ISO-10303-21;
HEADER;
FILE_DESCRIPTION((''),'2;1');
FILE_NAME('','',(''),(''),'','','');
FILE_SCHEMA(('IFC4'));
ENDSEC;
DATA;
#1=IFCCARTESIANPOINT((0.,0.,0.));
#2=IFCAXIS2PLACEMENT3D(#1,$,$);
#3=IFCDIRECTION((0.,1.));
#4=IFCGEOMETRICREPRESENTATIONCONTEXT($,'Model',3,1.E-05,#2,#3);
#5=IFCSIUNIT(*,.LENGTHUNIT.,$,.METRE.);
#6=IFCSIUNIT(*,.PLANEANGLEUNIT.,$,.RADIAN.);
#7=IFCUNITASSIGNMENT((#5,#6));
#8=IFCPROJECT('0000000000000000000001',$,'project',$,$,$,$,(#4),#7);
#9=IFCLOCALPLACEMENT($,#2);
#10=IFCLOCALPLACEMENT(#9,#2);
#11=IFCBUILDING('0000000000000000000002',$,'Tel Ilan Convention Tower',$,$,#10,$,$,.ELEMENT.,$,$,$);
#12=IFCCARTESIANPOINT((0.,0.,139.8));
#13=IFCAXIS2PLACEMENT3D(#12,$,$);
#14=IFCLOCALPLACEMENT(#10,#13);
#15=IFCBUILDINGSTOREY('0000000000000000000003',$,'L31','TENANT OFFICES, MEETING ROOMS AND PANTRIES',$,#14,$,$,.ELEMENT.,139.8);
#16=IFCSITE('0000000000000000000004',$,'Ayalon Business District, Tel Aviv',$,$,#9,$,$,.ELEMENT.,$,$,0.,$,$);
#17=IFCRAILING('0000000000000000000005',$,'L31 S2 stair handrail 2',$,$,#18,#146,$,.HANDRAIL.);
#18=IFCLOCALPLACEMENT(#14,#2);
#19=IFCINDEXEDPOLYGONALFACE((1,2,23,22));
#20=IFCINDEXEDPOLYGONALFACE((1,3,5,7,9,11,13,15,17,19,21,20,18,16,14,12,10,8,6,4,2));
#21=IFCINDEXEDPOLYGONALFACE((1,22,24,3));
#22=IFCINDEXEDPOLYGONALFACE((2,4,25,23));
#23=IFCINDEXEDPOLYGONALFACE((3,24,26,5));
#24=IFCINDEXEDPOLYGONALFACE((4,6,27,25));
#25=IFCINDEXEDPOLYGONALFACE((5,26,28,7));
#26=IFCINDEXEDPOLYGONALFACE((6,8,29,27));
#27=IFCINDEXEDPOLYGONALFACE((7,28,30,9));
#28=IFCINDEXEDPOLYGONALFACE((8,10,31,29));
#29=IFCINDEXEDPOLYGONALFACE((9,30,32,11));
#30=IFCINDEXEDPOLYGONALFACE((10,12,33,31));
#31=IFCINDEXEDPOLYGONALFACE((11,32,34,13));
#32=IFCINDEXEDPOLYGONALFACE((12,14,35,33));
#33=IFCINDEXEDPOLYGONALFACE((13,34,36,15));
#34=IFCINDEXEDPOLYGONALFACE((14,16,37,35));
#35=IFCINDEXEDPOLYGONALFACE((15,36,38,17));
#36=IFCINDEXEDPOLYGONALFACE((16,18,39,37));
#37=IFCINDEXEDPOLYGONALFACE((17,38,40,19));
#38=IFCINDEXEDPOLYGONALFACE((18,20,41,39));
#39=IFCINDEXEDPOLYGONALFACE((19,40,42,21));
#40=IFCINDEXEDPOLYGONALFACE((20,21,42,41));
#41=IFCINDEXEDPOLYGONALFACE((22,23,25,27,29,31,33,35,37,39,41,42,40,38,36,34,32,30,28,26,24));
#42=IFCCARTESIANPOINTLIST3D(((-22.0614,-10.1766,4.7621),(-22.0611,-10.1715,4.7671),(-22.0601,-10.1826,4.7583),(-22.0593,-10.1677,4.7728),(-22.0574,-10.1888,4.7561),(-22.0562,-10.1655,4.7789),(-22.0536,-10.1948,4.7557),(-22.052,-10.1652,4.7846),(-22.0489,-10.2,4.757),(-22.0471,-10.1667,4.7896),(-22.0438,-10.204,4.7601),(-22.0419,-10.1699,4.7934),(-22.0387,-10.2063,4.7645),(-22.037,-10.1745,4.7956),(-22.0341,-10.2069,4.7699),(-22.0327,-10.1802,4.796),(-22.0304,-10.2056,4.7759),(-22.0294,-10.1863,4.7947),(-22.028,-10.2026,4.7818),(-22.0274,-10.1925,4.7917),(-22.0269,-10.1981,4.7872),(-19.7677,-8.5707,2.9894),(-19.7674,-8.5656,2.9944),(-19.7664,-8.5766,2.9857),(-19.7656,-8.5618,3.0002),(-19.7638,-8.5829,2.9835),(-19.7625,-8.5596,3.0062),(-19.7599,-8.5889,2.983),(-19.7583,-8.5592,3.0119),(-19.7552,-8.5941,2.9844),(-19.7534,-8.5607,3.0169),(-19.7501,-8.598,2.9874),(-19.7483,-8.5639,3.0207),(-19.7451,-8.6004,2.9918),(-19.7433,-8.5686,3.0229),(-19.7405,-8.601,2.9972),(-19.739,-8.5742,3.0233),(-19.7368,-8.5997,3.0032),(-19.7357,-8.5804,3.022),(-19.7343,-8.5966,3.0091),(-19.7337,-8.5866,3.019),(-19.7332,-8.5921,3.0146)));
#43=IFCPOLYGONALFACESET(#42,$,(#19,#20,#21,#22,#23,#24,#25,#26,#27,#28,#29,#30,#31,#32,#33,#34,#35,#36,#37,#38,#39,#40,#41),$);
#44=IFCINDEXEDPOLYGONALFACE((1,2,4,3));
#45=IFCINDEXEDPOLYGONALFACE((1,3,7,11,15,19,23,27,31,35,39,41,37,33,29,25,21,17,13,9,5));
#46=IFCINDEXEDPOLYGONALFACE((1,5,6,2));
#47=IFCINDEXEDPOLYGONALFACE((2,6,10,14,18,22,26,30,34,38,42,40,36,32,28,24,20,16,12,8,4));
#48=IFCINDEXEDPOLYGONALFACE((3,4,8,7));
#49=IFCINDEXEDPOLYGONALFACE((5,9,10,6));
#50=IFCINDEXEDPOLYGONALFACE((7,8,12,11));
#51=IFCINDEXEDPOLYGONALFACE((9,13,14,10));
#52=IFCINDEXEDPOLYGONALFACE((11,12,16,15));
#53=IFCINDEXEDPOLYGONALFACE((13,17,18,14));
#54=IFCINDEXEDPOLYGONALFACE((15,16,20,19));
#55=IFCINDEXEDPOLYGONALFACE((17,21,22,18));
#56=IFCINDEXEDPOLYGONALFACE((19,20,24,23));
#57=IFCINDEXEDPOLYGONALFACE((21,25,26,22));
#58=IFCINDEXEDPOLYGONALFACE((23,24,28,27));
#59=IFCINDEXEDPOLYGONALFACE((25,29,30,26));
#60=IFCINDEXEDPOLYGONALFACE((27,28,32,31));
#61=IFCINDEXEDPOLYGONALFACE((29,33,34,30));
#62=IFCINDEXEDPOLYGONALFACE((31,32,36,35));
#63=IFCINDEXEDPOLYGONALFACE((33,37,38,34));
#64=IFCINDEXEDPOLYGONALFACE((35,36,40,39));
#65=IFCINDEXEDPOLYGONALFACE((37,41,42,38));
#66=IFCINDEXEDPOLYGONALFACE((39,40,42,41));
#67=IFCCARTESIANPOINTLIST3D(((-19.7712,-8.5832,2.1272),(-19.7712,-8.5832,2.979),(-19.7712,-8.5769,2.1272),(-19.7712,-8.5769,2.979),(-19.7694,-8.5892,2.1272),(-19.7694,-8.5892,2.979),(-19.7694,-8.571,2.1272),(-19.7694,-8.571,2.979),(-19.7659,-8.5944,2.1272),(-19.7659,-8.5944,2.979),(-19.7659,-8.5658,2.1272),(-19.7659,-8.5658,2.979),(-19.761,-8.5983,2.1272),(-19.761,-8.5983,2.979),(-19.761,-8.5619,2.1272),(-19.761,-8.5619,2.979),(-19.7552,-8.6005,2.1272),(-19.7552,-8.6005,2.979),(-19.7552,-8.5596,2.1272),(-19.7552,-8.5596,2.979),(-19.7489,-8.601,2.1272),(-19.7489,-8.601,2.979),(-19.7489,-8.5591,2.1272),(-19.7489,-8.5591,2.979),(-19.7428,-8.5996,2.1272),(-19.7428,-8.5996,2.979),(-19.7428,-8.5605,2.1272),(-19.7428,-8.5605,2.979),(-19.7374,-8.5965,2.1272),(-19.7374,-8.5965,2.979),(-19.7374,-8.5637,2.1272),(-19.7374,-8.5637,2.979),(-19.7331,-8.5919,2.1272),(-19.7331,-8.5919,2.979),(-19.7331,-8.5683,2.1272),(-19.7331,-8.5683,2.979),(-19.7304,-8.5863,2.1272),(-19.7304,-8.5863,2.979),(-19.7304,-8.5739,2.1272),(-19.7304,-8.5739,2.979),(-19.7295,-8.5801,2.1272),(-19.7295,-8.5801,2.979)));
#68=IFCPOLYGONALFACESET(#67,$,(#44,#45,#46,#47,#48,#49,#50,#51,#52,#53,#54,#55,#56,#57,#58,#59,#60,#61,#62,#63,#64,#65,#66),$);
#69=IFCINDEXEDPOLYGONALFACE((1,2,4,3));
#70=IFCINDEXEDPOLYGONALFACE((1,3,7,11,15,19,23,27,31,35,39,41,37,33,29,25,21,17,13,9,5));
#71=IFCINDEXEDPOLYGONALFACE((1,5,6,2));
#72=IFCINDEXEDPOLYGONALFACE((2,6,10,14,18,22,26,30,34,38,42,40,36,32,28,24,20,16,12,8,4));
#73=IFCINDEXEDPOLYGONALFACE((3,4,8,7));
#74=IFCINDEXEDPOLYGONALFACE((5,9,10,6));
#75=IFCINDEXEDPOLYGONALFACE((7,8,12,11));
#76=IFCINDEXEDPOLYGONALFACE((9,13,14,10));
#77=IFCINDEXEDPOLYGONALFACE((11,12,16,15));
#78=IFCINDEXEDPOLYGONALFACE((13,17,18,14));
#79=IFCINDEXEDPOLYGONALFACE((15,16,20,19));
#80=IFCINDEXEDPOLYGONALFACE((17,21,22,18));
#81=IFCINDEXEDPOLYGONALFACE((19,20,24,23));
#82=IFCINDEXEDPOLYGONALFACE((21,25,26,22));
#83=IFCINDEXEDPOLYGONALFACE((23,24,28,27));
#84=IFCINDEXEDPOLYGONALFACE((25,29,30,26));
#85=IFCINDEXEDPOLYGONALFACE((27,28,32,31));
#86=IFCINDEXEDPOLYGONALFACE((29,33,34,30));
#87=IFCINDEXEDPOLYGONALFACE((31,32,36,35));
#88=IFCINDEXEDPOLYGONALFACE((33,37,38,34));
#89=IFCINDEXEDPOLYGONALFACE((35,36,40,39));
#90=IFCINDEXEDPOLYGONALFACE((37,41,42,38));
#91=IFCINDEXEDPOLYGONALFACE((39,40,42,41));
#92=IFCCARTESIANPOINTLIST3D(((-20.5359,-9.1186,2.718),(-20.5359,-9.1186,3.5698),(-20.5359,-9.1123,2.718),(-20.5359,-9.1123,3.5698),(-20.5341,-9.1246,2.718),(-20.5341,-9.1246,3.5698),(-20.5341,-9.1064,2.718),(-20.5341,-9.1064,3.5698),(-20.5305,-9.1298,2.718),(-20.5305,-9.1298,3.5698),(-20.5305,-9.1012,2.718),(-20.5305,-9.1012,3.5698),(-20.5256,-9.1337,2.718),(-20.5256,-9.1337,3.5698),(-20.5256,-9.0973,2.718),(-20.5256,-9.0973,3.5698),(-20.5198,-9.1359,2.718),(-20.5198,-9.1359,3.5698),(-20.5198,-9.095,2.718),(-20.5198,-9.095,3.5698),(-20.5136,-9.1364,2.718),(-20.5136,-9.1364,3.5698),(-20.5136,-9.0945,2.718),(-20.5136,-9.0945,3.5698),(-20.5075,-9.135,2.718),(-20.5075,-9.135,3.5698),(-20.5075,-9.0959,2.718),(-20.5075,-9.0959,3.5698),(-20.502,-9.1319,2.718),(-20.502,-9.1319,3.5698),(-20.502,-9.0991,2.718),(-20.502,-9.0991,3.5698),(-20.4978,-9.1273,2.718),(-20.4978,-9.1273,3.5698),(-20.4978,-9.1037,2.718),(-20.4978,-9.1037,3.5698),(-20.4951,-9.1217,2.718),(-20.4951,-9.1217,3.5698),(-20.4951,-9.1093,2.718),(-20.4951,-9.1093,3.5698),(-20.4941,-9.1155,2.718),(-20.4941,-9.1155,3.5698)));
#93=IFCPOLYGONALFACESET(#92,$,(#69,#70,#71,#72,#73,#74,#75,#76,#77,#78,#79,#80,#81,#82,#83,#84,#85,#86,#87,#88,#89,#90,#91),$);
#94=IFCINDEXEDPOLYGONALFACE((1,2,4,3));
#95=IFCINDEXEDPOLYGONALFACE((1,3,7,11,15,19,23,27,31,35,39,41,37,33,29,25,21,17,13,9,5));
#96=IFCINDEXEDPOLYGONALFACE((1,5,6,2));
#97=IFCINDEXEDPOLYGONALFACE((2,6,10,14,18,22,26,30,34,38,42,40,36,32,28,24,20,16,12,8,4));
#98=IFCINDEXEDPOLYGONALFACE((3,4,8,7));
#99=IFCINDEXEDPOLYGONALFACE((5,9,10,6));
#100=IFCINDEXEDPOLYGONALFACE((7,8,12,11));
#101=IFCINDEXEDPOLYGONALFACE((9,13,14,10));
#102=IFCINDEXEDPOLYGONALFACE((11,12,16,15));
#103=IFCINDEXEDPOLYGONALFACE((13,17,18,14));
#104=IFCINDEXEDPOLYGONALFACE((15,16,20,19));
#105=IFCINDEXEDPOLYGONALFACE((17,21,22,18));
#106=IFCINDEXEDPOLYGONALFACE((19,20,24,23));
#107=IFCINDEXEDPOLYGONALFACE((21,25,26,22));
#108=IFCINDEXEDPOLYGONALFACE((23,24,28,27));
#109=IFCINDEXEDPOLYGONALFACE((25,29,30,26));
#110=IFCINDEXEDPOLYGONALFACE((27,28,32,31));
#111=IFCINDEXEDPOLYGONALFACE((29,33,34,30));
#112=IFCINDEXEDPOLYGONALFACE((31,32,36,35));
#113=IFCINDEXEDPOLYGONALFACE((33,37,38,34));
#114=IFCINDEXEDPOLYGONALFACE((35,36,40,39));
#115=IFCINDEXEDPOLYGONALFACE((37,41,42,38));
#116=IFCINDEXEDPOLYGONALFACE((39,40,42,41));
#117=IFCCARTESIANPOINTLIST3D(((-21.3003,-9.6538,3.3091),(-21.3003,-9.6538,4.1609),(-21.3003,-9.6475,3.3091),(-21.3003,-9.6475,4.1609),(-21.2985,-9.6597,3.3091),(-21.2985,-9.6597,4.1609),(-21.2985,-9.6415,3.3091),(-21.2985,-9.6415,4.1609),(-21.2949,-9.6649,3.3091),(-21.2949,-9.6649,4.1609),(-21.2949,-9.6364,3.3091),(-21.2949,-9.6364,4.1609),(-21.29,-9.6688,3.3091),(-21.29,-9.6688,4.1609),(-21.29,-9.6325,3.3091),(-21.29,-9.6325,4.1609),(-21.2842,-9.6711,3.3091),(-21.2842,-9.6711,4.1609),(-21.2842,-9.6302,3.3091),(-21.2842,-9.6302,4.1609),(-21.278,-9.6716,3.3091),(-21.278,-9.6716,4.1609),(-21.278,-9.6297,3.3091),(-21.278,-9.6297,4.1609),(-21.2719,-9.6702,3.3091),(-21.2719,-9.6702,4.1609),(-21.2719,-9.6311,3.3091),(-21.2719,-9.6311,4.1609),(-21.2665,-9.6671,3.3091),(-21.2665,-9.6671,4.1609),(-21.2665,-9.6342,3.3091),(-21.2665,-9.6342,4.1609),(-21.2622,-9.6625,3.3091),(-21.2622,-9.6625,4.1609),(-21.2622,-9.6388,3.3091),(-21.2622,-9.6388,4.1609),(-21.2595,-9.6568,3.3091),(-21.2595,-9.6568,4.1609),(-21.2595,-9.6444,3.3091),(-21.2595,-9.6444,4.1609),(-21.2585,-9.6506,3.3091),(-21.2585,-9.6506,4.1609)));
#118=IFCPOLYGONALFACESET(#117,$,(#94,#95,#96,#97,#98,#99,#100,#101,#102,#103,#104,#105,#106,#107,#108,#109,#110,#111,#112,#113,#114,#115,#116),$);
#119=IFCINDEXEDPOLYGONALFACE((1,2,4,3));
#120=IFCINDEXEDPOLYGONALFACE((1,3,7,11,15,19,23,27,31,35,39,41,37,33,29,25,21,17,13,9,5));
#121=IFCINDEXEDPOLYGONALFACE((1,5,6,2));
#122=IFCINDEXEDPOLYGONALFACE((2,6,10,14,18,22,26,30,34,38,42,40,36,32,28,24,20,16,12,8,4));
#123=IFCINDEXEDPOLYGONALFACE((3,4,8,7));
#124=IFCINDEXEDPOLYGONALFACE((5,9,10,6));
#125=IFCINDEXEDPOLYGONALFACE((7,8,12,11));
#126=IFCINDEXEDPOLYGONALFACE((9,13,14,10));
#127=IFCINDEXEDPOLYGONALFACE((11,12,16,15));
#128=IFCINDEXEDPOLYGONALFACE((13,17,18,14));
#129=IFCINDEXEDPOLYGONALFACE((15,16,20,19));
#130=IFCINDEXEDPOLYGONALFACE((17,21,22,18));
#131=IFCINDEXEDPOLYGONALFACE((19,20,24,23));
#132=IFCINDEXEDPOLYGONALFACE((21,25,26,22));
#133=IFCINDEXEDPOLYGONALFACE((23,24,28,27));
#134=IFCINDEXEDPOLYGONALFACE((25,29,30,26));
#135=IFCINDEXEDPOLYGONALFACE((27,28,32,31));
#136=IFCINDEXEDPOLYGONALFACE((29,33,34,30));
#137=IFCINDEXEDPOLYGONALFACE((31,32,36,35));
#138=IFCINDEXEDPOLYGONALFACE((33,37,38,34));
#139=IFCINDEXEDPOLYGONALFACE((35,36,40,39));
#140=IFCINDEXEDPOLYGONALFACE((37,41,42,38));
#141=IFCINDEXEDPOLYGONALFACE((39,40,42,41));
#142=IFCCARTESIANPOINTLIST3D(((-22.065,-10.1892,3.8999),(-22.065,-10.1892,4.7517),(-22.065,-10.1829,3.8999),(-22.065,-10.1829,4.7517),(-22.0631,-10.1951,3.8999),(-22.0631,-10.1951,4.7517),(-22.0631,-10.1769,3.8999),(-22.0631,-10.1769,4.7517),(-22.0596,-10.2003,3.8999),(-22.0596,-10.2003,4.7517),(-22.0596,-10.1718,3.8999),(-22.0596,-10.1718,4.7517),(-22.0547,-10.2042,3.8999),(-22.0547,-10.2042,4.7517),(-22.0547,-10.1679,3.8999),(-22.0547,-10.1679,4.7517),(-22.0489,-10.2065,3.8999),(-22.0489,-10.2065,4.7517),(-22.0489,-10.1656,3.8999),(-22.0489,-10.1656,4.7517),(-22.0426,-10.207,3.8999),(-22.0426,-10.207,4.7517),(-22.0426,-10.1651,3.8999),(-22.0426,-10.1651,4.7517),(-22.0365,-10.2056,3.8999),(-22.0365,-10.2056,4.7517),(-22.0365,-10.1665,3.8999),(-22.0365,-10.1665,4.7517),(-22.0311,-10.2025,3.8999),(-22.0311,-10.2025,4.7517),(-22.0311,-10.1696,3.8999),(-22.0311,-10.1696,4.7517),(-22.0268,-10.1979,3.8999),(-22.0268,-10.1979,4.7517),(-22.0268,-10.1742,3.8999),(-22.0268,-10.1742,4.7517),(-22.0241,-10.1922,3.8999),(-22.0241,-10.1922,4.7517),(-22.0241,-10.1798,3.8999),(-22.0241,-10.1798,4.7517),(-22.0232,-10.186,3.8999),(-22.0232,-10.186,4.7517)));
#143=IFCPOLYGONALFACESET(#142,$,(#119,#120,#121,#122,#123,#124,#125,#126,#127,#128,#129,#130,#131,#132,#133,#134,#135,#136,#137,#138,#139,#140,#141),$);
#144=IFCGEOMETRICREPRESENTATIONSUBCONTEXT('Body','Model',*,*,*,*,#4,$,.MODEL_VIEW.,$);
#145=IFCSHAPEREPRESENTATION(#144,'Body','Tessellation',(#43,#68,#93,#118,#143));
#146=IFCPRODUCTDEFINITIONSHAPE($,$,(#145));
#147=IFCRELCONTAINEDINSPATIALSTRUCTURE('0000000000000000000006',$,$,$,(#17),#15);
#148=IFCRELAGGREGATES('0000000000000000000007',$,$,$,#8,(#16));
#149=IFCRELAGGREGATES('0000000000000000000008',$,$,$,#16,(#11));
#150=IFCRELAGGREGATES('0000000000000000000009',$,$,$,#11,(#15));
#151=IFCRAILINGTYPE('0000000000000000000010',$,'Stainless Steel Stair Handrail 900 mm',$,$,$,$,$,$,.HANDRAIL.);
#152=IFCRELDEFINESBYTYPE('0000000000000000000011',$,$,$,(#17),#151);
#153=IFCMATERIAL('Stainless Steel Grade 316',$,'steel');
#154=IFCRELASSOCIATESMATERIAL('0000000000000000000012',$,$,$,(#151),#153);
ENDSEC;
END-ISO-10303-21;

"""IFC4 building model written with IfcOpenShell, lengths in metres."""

from ifc_helpers import new_model, si_unit, direction, frame, origin, origin_2d, place, context, subcontext, project, spatial, circle, extrude, material, type_object, element, save


model = new_model("IFC4")

# Units and contexts
model_context = context("Model", 3, precision=1e-05, world=origin(), true_north=direction((0.0, 1.0)))
body_context = subcontext(model_context, "Body", "Model", "MODEL_VIEW")
ifc_project = project(units=[si_unit("LENGTHUNIT", "METRE"), si_unit("PLANEANGLEUNIT", "RADIAN")], contexts=[model_context])

# Site, building, storey
site_placement = place(None, origin())
site = spatial("IfcSite", under=ifc_project, at=site_placement, Name="Ayalon Business District, Tel Aviv", CompositionType="ELEMENT", RefElevation=0.0)
building_placement = place(site_placement, origin())
building = spatial("IfcBuilding", under=site, at=building_placement, Name="Tel Ilan Convention Tower", CompositionType="ELEMENT")
storey_placement = place(building_placement, frame((0.0, 0.0, 139.8)))
storey = spatial("IfcBuildingStorey", under=building, at=storey_placement, Name="L31", Description="TENANT OFFICES, MEETING ROOMS AND PANTRIES", CompositionType="ELEMENT", Elevation=139.8)

# Railing
ifc_material_1 = material(Name="Stainless Steel Grade 316", Category="steel")
railing_type_1 = type_object("IfcRailingType", Name="Stainless Steel Stair Handrail 900 mm", PredefinedType="HANDRAIL", material=ifc_material_1)
railing_1_placement = place(storey_placement, frame((-19.7505, -8.5801, 2.1272)))
element("IfcRailing", 1, at=railing_1_placement, inside=storey, type_object=railing_type_1, Name="L31 S2 stair handrail 2", PredefinedType="HANDRAIL", context=body_context, shape_type="SweptSolid", body=[
    extrude(circle(Radius=0.0239, at=origin_2d()), frame((0.0, 0.0, 0.876), z_axis=(-0.692123, -0.484597, 0.534913), x_axis=(0.57355, -0.81917, 0.0)), (0.0, 0.0, 1.0), 3.314),
    extrude(circle(Radius=0.021, at=origin_2d()), origin(), (0.0, 0.0, 1.0), 0.8518),
    extrude(circle(Radius=0.021, at=origin_2d()), frame((-0.7646, -0.5354, 0.5908)), (0.0, 0.0, 1.0), 0.8518),
    extrude(circle(Radius=0.021, at=origin_2d()), frame((-1.5291, -1.0706, 1.1819)), (0.0, 0.0, 1.0), 0.8518),
    extrude(circle(Radius=0.021, at=origin_2d()), frame((-2.2937, -1.606, 1.7727)), (0.0, 0.0, 1.0), 0.8518),
])

save(model, "model.ifc")
